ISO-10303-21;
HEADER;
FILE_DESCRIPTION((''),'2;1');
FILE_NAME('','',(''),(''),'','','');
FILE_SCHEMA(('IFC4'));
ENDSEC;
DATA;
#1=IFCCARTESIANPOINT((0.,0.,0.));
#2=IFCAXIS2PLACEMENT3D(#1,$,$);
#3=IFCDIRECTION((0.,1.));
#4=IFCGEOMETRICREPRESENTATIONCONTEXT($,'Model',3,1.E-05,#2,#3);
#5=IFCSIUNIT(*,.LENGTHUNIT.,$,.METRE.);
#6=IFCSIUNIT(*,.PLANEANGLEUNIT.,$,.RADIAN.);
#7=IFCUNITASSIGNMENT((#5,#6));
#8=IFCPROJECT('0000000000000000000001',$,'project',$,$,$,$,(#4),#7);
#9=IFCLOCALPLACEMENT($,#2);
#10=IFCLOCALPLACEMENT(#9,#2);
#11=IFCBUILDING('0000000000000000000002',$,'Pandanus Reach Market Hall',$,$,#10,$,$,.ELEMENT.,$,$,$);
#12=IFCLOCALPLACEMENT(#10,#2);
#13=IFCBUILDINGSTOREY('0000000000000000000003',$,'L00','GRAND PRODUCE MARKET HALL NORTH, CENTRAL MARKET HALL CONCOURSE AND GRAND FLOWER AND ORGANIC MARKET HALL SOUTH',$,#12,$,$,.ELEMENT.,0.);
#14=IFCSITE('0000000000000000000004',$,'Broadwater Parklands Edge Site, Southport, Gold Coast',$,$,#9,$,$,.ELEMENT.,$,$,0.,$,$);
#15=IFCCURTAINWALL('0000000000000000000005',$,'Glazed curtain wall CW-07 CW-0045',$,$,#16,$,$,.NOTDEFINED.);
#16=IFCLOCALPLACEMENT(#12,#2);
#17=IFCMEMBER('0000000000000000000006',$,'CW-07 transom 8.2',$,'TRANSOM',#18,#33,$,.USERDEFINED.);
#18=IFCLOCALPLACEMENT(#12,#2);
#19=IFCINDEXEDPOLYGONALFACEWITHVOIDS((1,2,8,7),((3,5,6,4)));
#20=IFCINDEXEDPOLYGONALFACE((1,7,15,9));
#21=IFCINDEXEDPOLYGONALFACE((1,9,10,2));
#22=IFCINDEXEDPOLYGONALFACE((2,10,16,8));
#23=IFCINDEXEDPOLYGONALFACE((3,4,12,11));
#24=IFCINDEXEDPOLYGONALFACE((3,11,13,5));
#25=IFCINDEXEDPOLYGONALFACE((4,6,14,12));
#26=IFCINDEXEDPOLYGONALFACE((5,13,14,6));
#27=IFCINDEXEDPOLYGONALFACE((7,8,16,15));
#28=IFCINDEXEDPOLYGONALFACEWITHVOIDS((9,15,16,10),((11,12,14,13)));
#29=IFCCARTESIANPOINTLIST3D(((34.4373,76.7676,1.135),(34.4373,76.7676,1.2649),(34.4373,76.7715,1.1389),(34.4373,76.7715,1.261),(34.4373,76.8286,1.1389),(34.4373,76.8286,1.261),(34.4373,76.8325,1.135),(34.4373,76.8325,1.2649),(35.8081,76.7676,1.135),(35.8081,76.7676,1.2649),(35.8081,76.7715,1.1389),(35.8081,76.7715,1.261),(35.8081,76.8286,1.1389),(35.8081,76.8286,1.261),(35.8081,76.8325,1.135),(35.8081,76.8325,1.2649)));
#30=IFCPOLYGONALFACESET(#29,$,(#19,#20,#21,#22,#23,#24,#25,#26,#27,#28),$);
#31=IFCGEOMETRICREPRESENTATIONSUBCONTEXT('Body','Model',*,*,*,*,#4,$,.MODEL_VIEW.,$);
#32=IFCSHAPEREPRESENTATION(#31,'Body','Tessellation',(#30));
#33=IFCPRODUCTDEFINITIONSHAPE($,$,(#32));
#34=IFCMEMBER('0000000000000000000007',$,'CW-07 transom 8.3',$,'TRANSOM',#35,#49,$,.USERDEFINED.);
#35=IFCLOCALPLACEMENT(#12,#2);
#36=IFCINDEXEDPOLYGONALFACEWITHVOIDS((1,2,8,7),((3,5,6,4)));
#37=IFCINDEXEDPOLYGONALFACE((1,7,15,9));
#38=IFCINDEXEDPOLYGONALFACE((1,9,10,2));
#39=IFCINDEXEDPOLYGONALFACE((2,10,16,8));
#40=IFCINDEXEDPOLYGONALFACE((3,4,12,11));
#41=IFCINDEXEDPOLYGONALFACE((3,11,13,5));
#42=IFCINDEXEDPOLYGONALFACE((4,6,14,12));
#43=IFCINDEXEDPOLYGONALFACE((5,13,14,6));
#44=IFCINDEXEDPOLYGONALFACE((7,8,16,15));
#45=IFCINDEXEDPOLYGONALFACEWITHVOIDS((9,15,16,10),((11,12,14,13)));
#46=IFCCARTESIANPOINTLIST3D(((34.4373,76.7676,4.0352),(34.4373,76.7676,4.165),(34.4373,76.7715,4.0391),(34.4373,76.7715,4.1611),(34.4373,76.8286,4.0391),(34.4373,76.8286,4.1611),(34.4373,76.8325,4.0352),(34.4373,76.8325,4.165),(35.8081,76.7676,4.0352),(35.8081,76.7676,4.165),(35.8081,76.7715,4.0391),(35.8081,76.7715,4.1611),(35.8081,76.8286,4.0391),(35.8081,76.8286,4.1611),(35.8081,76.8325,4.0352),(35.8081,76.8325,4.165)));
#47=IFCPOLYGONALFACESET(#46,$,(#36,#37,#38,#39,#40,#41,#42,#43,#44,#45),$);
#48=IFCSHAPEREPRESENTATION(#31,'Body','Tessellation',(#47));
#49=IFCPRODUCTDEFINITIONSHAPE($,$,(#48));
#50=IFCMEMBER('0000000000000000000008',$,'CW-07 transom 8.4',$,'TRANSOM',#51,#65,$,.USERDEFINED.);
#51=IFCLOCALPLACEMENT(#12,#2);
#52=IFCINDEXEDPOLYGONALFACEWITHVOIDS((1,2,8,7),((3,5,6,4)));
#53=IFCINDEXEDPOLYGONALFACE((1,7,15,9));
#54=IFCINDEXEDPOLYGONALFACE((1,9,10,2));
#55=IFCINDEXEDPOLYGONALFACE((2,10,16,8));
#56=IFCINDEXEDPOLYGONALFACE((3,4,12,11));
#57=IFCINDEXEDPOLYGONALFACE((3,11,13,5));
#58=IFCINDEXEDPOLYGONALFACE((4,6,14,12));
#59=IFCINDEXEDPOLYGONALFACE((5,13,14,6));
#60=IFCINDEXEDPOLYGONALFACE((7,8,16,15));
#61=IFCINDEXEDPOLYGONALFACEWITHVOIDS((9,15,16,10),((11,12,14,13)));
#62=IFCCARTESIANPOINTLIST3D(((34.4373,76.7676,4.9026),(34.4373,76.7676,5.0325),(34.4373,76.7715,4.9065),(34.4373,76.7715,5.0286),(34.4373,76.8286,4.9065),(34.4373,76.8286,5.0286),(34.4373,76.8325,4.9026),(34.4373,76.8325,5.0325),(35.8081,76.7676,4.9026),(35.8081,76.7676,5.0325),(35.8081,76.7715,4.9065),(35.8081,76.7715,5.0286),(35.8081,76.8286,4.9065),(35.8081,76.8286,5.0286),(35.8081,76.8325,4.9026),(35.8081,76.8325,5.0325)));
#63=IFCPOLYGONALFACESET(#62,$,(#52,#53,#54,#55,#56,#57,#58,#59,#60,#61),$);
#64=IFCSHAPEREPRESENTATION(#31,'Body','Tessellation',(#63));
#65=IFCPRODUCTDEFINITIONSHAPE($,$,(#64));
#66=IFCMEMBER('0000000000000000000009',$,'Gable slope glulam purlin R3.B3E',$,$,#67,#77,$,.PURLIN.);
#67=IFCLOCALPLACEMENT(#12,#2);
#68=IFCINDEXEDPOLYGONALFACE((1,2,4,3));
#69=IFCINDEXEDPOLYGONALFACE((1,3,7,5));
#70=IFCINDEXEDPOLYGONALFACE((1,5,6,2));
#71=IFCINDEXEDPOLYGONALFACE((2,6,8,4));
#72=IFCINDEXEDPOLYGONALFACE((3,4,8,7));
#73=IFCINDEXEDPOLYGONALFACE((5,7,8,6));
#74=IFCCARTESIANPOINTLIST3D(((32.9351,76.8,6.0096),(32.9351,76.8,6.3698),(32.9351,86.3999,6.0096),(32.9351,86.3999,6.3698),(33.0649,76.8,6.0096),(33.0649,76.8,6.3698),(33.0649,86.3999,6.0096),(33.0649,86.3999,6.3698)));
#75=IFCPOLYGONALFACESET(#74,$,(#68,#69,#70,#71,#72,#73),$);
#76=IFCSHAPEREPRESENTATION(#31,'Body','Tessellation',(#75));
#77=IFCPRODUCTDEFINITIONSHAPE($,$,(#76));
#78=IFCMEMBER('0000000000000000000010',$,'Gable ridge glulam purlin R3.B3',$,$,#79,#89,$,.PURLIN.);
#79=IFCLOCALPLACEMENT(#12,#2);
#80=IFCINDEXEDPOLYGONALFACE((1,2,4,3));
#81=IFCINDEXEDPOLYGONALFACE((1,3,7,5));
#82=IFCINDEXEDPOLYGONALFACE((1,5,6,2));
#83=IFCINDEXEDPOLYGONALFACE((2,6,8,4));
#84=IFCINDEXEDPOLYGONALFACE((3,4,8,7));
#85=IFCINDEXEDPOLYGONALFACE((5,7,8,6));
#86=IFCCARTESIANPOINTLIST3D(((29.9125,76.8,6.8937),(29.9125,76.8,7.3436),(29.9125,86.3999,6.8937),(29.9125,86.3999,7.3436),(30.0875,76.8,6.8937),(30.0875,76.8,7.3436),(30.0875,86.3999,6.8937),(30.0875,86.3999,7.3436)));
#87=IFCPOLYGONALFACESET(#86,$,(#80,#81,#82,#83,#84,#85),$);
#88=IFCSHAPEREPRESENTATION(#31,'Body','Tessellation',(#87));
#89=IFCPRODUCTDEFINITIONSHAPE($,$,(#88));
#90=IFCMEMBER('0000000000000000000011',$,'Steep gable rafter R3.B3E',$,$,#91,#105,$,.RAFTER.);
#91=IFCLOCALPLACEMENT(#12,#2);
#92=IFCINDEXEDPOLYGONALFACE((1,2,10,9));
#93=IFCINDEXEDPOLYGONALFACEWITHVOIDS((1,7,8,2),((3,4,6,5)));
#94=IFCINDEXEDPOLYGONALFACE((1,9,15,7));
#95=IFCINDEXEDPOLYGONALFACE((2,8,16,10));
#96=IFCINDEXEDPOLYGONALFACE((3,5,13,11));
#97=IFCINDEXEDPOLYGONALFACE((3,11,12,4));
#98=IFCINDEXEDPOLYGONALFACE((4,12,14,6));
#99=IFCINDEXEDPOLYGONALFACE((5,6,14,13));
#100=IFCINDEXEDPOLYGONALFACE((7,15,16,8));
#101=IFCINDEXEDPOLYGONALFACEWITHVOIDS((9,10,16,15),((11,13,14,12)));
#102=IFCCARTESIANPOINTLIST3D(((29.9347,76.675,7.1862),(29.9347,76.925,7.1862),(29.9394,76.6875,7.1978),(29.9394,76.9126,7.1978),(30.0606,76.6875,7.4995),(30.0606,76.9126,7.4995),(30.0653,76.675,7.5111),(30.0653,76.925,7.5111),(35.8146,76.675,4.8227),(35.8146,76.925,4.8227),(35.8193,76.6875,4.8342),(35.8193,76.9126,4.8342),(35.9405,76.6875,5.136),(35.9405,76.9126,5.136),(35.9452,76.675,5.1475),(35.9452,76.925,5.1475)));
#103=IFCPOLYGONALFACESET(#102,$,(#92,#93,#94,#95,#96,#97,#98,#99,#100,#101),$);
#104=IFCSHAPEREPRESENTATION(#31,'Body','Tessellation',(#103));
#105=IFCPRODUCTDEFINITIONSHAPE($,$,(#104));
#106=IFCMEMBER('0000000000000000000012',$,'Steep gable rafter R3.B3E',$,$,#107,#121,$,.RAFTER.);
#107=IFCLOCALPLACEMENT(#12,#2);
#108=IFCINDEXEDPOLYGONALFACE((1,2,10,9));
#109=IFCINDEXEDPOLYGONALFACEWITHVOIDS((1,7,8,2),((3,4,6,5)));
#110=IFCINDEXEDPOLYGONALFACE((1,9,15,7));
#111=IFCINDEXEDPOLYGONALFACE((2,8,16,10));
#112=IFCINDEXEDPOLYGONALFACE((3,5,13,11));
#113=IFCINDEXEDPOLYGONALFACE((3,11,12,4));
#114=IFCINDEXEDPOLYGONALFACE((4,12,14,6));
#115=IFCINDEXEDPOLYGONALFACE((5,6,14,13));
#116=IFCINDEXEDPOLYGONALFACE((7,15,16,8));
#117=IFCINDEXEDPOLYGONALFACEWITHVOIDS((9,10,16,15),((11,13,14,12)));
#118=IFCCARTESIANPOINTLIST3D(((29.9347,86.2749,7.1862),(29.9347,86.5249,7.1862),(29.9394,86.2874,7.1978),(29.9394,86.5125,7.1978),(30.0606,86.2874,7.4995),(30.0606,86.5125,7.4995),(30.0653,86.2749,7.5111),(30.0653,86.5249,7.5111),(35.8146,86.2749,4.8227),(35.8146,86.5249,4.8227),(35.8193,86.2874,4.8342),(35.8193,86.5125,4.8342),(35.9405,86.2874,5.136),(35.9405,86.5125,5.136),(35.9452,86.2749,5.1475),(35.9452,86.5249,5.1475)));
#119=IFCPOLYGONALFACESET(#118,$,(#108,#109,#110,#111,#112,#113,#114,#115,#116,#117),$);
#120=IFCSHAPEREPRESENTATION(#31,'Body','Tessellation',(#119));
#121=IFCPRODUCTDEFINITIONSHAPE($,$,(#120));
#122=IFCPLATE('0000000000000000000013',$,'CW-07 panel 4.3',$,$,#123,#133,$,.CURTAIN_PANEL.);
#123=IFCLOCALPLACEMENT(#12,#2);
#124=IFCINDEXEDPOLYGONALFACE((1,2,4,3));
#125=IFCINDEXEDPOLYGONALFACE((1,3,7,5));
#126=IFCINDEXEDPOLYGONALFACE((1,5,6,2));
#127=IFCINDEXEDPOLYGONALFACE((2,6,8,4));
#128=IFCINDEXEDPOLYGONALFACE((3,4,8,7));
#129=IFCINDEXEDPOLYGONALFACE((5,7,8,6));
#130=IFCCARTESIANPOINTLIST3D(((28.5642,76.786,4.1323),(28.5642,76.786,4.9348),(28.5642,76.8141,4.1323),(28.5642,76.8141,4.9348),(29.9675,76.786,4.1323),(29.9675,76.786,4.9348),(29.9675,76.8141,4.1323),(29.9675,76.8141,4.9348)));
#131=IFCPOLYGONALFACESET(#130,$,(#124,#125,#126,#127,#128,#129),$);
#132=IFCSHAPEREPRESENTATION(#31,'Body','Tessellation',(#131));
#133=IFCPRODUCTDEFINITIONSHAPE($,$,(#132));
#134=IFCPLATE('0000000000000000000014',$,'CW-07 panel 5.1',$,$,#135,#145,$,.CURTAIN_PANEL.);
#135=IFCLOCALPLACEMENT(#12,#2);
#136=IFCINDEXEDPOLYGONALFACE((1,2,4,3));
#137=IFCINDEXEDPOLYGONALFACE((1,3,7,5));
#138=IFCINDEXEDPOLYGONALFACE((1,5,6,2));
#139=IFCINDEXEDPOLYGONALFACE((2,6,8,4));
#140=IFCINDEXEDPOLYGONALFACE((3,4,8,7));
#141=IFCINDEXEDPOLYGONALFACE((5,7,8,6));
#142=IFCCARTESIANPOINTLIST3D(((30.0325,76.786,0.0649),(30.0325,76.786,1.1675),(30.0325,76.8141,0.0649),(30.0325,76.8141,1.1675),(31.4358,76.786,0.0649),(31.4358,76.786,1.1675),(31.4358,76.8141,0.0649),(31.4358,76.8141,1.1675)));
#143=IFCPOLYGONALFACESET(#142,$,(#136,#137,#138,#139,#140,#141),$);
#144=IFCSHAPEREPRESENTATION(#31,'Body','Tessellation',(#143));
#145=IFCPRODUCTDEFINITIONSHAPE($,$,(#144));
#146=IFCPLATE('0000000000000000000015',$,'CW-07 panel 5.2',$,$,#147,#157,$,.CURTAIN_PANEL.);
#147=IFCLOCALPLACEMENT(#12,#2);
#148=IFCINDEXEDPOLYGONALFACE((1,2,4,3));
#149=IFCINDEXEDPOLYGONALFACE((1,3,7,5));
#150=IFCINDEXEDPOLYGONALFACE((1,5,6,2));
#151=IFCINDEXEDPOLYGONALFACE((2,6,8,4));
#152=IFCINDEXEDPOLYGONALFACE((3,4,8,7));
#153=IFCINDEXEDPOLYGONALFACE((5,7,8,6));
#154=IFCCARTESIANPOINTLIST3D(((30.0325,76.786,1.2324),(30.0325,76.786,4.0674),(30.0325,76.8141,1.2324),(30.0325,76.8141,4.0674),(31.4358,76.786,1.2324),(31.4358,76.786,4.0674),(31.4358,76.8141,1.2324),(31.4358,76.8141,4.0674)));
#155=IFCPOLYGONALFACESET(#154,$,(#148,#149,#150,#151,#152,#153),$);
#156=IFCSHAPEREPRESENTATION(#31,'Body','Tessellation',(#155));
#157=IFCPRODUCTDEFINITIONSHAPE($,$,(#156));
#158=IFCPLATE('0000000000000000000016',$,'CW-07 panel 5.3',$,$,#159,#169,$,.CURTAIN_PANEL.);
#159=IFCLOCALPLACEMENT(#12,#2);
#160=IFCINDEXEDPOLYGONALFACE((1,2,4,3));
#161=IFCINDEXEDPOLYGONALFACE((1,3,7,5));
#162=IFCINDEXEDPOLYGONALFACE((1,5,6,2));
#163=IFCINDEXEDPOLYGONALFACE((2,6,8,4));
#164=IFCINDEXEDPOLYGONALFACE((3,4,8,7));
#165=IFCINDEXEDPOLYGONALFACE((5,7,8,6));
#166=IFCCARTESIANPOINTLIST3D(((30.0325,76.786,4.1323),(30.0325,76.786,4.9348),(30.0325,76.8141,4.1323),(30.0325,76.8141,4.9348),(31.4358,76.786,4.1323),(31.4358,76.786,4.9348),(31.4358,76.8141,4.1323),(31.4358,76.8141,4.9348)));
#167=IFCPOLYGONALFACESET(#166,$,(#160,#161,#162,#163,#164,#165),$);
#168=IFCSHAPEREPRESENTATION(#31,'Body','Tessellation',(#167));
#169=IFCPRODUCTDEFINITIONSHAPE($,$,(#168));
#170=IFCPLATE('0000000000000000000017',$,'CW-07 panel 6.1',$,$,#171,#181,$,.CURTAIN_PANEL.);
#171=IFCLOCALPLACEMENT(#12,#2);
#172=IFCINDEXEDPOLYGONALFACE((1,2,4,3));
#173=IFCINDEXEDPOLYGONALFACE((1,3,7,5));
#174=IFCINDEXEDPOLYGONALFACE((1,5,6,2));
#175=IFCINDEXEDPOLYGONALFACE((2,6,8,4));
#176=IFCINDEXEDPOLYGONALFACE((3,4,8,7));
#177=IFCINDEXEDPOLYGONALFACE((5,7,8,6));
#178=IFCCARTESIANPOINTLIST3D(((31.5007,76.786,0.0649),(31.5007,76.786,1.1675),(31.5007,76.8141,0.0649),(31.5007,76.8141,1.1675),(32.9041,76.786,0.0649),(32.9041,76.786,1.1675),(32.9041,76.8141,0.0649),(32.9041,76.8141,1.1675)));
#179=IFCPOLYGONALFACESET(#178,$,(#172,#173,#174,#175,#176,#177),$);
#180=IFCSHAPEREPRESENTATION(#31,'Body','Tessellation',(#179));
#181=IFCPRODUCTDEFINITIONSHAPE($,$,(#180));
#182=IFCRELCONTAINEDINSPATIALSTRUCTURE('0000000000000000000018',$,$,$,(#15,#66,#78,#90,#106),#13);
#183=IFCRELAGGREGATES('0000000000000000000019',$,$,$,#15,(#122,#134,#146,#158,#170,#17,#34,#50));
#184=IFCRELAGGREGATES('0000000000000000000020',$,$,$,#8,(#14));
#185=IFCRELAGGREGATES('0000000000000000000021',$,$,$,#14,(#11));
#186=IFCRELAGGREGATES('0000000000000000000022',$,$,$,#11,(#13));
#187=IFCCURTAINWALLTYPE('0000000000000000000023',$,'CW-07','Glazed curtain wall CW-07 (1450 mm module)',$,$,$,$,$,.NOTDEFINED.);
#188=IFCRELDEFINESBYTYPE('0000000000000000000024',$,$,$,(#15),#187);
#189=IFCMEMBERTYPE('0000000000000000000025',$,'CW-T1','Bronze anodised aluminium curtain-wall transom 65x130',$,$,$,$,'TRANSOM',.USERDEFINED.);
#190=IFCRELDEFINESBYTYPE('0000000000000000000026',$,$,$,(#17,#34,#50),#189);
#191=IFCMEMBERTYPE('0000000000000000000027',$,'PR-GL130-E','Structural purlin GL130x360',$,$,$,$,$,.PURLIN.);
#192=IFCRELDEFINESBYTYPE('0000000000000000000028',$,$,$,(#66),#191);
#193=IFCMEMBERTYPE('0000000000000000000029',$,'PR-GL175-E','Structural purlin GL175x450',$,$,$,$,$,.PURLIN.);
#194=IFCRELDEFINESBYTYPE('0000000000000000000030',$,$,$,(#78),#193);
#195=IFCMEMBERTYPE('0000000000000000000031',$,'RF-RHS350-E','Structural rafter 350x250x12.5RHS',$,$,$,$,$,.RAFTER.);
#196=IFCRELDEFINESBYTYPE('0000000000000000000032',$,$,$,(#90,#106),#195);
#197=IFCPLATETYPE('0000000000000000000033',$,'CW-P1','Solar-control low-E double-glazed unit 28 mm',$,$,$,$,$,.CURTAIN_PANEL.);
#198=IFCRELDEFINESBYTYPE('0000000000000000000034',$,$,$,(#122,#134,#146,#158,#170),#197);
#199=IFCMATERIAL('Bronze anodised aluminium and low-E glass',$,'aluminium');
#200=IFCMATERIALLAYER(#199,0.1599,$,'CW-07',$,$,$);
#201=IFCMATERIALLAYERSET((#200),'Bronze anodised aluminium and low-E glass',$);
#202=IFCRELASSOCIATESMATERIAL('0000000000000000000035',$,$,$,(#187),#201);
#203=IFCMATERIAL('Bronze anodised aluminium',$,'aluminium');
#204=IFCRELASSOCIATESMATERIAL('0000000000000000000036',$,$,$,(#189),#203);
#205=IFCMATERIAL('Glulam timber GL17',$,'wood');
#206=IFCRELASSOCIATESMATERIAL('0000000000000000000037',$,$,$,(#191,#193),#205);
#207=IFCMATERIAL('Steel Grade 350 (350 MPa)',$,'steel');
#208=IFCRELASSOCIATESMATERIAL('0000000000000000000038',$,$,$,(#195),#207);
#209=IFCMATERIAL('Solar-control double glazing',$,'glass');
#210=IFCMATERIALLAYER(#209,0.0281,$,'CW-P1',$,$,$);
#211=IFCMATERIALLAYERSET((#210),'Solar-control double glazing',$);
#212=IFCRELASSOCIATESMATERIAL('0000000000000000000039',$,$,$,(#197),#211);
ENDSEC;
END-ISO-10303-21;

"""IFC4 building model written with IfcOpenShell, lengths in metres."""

from ifc_helpers import new_model, si_unit, direction, frame, origin, origin_2d, place, context, subcontext, project, spatial, rectangle, hollow_rectangle, extrude, material, layer, layer_set, material_profile, profile_set, type_object, element, aggregate, save


model = new_model("IFC4")

# Units and contexts
model_context = context("Model", 3, precision=1e-05, world=origin(), true_north=direction((0.0, 1.0)))
body_context = subcontext(model_context, "Body", "Model", "MODEL_VIEW")
ifc_project = project(units=[si_unit("LENGTHUNIT", "METRE"), si_unit("PLANEANGLEUNIT", "RADIAN")], contexts=[model_context])

# Site, building, storey
site_placement = place(None, origin())
site = spatial("IfcSite", under=ifc_project, at=site_placement, Name="Broadwater Parklands Edge Site, Southport, Gold Coast", CompositionType="ELEMENT", RefElevation=0.0)
building_placement = place(site_placement, origin())
building = spatial("IfcBuilding", under=site, at=building_placement, Name="Pandanus Reach Market Hall", CompositionType="ELEMENT")
storey_placement = place(building_placement, origin())
storey = spatial("IfcBuildingStorey", under=building, at=storey_placement, Name="L00", Description="GRAND PRODUCE MARKET HALL NORTH, CENTRAL MARKET HALL CONCOURSE AND GRAND FLOWER AND ORGANIC MARKET HALL SOUTH", CompositionType="ELEMENT", Elevation=0.0)

# Curtain wall, members
ifc_material_1 = material(Name="Bronze anodised aluminium and low-E glass", Category="aluminium")
ifc_layer_1 = layer(ifc_material_1, 0.1599, Name="CW-07")
ifc_layer_set_1 = layer_set([ifc_layer_1], Name="Bronze anodised aluminium and low-E glass")
curtain_wall_type = type_object("IfcCurtainWallType", Name="CW-07", Description="Glazed curtain wall CW-07 (1450 mm module)", PredefinedType="NOTDEFINED", material=ifc_layer_set_1)
curtain_wall_placement = place(storey_placement, origin())
curtain_wall = element("IfcCurtainWall", 1, at=curtain_wall_placement, inside=storey, type_object=curtain_wall_type, Name="Glazed curtain wall CW-07 CW-0045", PredefinedType="NOTDEFINED")
ifc_material_2 = material(Name="Bronze anodised aluminium", Category="aluminium")
ifc_material_profile_1 = material_profile(ifc_material_2, hollow_rectangle(XDim=0.0649, YDim=0.1299, WallThickness=0.0039, at=origin_2d()), Name="ALU65x130", Category="LoadBearing")
ifc_profile_set_1 = profile_set([ifc_material_profile_1], Name="Bronze anodised aluminium")
member_type_1 = type_object("IfcMemberType", Name="CW-T1", Description="Bronze anodised aluminium curtain-wall transom 65x130", ElementType="TRANSOM", PredefinedType="USERDEFINED", material=ifc_profile_set_1)
member_1_placement = place(storey_placement, frame((34.4373, 76.8, 1.2), z_axis=(1.0, 0.0, 0.0), x_axis=(0.0, 1.0, 0.0)))
member_1 = element("IfcMember", 2, at=member_1_placement, type_object=member_type_1, Name="CW-07 transom 8.2", ObjectType="TRANSOM", PredefinedType="USERDEFINED", context=body_context, shape_type="SweptSolid", body=[
    extrude(hollow_rectangle(XDim=0.0649, YDim=0.1299, WallThickness=0.0039, at=origin_2d()), origin(), (0.0, 0.0, 1.0), 1.3708),
])
member_2_placement = place(storey_placement, frame((34.4373, 76.8, 4.1001), z_axis=(1.0, 0.0, 0.0), x_axis=(0.0, 1.0, 0.0)))
member_2 = element("IfcMember", 3, at=member_2_placement, type_object=member_type_1, Name="CW-07 transom 8.3", ObjectType="TRANSOM", PredefinedType="USERDEFINED", context=body_context, shape_type="SweptSolid", body=[
    extrude(hollow_rectangle(XDim=0.0649, YDim=0.1299, WallThickness=0.0039, at=origin_2d()), origin(), (0.0, 0.0, 1.0), 1.3708),
])
member_3_placement = place(storey_placement, frame((34.4373, 76.8, 4.9675), z_axis=(1.0, 0.0, 0.0), x_axis=(0.0, 1.0, 0.0)))
member_3 = element("IfcMember", 4, at=member_3_placement, type_object=member_type_1, Name="CW-07 transom 8.4", ObjectType="TRANSOM", PredefinedType="USERDEFINED", context=body_context, shape_type="SweptSolid", body=[
    extrude(hollow_rectangle(XDim=0.0649, YDim=0.1299, WallThickness=0.0039, at=origin_2d()), origin(), (0.0, 0.0, 1.0), 1.3708),
])

# Members
ifc_material_3 = material(Name="Glulam timber GL17", Category="wood")
ifc_material_profile_2 = material_profile(ifc_material_3, rectangle(XDim=0.1299, YDim=0.3601, at=origin_2d()), Name="GL130x360", Category="LoadBearing")
ifc_profile_set_2 = profile_set([ifc_material_profile_2], Name="Glulam timber GL17")
member_type_2 = type_object("IfcMemberType", Name="PR-GL130-E", Description="Structural purlin GL130x360", PredefinedType="PURLIN", material=ifc_profile_set_2)
member_4_placement = place(storey_placement, frame((33.0, 76.8, 6.1897), z_axis=(0.0, 1.0, 0.0), x_axis=(-1.0, 0.0, 0.0)))
element("IfcMember", 5, at=member_4_placement, inside=storey, type_object=member_type_2, Name="Gable slope glulam purlin R3.B3E", PredefinedType="PURLIN", context=body_context, shape_type="SweptSolid", body=[
    extrude(rectangle(XDim=0.1299, YDim=0.3601, at=origin_2d()), origin(), (0.0, 0.0, 1.0), 9.5999),
])
ifc_material_profile_3 = material_profile(ifc_material_3, rectangle(XDim=0.175, YDim=0.45, at=origin_2d()), Name="GL175x450", Category="LoadBearing")
ifc_profile_set_3 = profile_set([ifc_material_profile_3], Name="Glulam timber GL17")
member_type_3 = type_object("IfcMemberType", Name="PR-GL175-E", Description="Structural purlin GL175x450", PredefinedType="PURLIN", material=ifc_profile_set_3)
member_5_placement = place(storey_placement, frame((30.0, 76.8, 7.1187), z_axis=(0.0, 1.0, 0.0), x_axis=(-1.0, 0.0, 0.0)))
element("IfcMember", 6, at=member_5_placement, inside=storey, type_object=member_type_3, Name="Gable ridge glulam purlin R3.B3", PredefinedType="PURLIN", context=body_context, shape_type="SweptSolid", body=[
    extrude(rectangle(XDim=0.175, YDim=0.45, at=origin_2d()), origin(), (0.0, 0.0, 1.0), 9.5999),
])
ifc_material_4 = material(Name="Steel Grade 350 (350 MPa)", Category="steel")
ifc_material_profile_4 = material_profile(ifc_material_4, hollow_rectangle(XDim=0.25, YDim=0.3501, WallThickness=0.0125, at=origin_2d()), Name="350x250x12.5RHS", Category="LoadBearing")
ifc_profile_set_4 = profile_set([ifc_material_profile_4], Name="Steel Grade 350 (350 MPa)")
member_type_4 = type_object("IfcMemberType", Name="RF-RHS350-E", Description="Structural rafter 350x250x12.5RHS", PredefinedType="RAFTER", material=ifc_profile_set_4)
for number, where, z_axis, x_axis, name in (
    (7, (30.0, 76.8, 7.3486), (0.927846, 0.0, -0.372964), (0.0, 1.0, 0.0), "Steep gable rafter R3.B3E"),
    (8, (30.0, 86.3999, 7.3486), (0.927846, 0.0, -0.372964), (0.0, 1.0, 0.0), "Steep gable rafter R3.B3E"),
):
    element("IfcMember", number, at=place(storey_placement, frame(where, z_axis=z_axis, x_axis=x_axis)), inside=storey, type_object=member_type_4, Name=name, PredefinedType="RAFTER", context=body_context, shape_type="SweptSolid", body=[
        extrude(hollow_rectangle(XDim=0.25, YDim=0.3501, WallThickness=0.0125, at=origin_2d()), origin(), (0.0, 0.0, 1.0), 6.3372),
    ])

# Plates
ifc_material_5 = material(Name="Solar-control double glazing", Category="glass")
ifc_layer_2 = layer(ifc_material_5, 0.0281, Name="CW-P1")
ifc_layer_set_2 = layer_set([ifc_layer_2], Name="Solar-control double glazing")
plate_type = type_object("IfcPlateType", Name="CW-P1", Description="Solar-control low-E double-glazed unit 28 mm", PredefinedType="CURTAIN_PANEL", material=ifc_layer_set_2)
plate_1_placement = place(storey_placement, frame((29.2659, 76.8, 4.1323), z_axis=(0.0, 0.0, 1.0), x_axis=(1.0, 0.0, 0.0)))
plate_1 = element("IfcPlate", 9, at=plate_1_placement, type_object=plate_type, Name="CW-07 panel 4.3", PredefinedType="CURTAIN_PANEL", context=body_context, shape_type="SweptSolid", body=[
    extrude(rectangle(XDim=1.4033, YDim=0.0281, at=origin_2d()), origin(), (0.0, 0.0, 1.0), 0.8025),
])
plate_2_placement = place(storey_placement, frame((30.7341, 76.8, 0.0649), z_axis=(0.0, 0.0, 1.0), x_axis=(1.0, 0.0, 0.0)))
plate_2 = element("IfcPlate", 10, at=plate_2_placement, type_object=plate_type, Name="CW-07 panel 5.1", PredefinedType="CURTAIN_PANEL", context=body_context, shape_type="SweptSolid", body=[
    extrude(rectangle(XDim=1.4033, YDim=0.0281, at=origin_2d()), origin(), (0.0, 0.0, 1.0), 1.1025),
])
plate_3_placement = place(storey_placement, frame((30.7341, 76.8, 1.2324), z_axis=(0.0, 0.0, 1.0), x_axis=(1.0, 0.0, 0.0)))
plate_3 = element("IfcPlate", 11, at=plate_3_placement, type_object=plate_type, Name="CW-07 panel 5.2", PredefinedType="CURTAIN_PANEL", context=body_context, shape_type="SweptSolid", body=[
    extrude(rectangle(XDim=1.4033, YDim=0.0281, at=origin_2d()), origin(), (0.0, 0.0, 1.0), 2.835),
])
plate_4_placement = place(storey_placement, frame((30.7341, 76.8, 4.1323), z_axis=(0.0, 0.0, 1.0), x_axis=(1.0, 0.0, 0.0)))
plate_4 = element("IfcPlate", 12, at=plate_4_placement, type_object=plate_type, Name="CW-07 panel 5.3", PredefinedType="CURTAIN_PANEL", context=body_context, shape_type="SweptSolid", body=[
    extrude(rectangle(XDim=1.4033, YDim=0.0281, at=origin_2d()), origin(), (0.0, 0.0, 1.0), 0.8025),
])
plate_5_placement = place(storey_placement, frame((32.2024, 76.8, 0.0649), z_axis=(0.0, 0.0, 1.0), x_axis=(1.0, 0.0, 0.0)))
plate_5 = element("IfcPlate", 13, at=plate_5_placement, type_object=plate_type, Name="CW-07 panel 6.1", PredefinedType="CURTAIN_PANEL", context=body_context, shape_type="SweptSolid", body=[
    extrude(rectangle(XDim=1.4033, YDim=0.0281, at=origin_2d()), origin(), (0.0, 0.0, 1.0), 1.1025),
])
aggregate(curtain_wall, [plate_1, plate_2, plate_3, plate_4, plate_5, member_1, member_2, member_3])

save(model, "model.ifc")
